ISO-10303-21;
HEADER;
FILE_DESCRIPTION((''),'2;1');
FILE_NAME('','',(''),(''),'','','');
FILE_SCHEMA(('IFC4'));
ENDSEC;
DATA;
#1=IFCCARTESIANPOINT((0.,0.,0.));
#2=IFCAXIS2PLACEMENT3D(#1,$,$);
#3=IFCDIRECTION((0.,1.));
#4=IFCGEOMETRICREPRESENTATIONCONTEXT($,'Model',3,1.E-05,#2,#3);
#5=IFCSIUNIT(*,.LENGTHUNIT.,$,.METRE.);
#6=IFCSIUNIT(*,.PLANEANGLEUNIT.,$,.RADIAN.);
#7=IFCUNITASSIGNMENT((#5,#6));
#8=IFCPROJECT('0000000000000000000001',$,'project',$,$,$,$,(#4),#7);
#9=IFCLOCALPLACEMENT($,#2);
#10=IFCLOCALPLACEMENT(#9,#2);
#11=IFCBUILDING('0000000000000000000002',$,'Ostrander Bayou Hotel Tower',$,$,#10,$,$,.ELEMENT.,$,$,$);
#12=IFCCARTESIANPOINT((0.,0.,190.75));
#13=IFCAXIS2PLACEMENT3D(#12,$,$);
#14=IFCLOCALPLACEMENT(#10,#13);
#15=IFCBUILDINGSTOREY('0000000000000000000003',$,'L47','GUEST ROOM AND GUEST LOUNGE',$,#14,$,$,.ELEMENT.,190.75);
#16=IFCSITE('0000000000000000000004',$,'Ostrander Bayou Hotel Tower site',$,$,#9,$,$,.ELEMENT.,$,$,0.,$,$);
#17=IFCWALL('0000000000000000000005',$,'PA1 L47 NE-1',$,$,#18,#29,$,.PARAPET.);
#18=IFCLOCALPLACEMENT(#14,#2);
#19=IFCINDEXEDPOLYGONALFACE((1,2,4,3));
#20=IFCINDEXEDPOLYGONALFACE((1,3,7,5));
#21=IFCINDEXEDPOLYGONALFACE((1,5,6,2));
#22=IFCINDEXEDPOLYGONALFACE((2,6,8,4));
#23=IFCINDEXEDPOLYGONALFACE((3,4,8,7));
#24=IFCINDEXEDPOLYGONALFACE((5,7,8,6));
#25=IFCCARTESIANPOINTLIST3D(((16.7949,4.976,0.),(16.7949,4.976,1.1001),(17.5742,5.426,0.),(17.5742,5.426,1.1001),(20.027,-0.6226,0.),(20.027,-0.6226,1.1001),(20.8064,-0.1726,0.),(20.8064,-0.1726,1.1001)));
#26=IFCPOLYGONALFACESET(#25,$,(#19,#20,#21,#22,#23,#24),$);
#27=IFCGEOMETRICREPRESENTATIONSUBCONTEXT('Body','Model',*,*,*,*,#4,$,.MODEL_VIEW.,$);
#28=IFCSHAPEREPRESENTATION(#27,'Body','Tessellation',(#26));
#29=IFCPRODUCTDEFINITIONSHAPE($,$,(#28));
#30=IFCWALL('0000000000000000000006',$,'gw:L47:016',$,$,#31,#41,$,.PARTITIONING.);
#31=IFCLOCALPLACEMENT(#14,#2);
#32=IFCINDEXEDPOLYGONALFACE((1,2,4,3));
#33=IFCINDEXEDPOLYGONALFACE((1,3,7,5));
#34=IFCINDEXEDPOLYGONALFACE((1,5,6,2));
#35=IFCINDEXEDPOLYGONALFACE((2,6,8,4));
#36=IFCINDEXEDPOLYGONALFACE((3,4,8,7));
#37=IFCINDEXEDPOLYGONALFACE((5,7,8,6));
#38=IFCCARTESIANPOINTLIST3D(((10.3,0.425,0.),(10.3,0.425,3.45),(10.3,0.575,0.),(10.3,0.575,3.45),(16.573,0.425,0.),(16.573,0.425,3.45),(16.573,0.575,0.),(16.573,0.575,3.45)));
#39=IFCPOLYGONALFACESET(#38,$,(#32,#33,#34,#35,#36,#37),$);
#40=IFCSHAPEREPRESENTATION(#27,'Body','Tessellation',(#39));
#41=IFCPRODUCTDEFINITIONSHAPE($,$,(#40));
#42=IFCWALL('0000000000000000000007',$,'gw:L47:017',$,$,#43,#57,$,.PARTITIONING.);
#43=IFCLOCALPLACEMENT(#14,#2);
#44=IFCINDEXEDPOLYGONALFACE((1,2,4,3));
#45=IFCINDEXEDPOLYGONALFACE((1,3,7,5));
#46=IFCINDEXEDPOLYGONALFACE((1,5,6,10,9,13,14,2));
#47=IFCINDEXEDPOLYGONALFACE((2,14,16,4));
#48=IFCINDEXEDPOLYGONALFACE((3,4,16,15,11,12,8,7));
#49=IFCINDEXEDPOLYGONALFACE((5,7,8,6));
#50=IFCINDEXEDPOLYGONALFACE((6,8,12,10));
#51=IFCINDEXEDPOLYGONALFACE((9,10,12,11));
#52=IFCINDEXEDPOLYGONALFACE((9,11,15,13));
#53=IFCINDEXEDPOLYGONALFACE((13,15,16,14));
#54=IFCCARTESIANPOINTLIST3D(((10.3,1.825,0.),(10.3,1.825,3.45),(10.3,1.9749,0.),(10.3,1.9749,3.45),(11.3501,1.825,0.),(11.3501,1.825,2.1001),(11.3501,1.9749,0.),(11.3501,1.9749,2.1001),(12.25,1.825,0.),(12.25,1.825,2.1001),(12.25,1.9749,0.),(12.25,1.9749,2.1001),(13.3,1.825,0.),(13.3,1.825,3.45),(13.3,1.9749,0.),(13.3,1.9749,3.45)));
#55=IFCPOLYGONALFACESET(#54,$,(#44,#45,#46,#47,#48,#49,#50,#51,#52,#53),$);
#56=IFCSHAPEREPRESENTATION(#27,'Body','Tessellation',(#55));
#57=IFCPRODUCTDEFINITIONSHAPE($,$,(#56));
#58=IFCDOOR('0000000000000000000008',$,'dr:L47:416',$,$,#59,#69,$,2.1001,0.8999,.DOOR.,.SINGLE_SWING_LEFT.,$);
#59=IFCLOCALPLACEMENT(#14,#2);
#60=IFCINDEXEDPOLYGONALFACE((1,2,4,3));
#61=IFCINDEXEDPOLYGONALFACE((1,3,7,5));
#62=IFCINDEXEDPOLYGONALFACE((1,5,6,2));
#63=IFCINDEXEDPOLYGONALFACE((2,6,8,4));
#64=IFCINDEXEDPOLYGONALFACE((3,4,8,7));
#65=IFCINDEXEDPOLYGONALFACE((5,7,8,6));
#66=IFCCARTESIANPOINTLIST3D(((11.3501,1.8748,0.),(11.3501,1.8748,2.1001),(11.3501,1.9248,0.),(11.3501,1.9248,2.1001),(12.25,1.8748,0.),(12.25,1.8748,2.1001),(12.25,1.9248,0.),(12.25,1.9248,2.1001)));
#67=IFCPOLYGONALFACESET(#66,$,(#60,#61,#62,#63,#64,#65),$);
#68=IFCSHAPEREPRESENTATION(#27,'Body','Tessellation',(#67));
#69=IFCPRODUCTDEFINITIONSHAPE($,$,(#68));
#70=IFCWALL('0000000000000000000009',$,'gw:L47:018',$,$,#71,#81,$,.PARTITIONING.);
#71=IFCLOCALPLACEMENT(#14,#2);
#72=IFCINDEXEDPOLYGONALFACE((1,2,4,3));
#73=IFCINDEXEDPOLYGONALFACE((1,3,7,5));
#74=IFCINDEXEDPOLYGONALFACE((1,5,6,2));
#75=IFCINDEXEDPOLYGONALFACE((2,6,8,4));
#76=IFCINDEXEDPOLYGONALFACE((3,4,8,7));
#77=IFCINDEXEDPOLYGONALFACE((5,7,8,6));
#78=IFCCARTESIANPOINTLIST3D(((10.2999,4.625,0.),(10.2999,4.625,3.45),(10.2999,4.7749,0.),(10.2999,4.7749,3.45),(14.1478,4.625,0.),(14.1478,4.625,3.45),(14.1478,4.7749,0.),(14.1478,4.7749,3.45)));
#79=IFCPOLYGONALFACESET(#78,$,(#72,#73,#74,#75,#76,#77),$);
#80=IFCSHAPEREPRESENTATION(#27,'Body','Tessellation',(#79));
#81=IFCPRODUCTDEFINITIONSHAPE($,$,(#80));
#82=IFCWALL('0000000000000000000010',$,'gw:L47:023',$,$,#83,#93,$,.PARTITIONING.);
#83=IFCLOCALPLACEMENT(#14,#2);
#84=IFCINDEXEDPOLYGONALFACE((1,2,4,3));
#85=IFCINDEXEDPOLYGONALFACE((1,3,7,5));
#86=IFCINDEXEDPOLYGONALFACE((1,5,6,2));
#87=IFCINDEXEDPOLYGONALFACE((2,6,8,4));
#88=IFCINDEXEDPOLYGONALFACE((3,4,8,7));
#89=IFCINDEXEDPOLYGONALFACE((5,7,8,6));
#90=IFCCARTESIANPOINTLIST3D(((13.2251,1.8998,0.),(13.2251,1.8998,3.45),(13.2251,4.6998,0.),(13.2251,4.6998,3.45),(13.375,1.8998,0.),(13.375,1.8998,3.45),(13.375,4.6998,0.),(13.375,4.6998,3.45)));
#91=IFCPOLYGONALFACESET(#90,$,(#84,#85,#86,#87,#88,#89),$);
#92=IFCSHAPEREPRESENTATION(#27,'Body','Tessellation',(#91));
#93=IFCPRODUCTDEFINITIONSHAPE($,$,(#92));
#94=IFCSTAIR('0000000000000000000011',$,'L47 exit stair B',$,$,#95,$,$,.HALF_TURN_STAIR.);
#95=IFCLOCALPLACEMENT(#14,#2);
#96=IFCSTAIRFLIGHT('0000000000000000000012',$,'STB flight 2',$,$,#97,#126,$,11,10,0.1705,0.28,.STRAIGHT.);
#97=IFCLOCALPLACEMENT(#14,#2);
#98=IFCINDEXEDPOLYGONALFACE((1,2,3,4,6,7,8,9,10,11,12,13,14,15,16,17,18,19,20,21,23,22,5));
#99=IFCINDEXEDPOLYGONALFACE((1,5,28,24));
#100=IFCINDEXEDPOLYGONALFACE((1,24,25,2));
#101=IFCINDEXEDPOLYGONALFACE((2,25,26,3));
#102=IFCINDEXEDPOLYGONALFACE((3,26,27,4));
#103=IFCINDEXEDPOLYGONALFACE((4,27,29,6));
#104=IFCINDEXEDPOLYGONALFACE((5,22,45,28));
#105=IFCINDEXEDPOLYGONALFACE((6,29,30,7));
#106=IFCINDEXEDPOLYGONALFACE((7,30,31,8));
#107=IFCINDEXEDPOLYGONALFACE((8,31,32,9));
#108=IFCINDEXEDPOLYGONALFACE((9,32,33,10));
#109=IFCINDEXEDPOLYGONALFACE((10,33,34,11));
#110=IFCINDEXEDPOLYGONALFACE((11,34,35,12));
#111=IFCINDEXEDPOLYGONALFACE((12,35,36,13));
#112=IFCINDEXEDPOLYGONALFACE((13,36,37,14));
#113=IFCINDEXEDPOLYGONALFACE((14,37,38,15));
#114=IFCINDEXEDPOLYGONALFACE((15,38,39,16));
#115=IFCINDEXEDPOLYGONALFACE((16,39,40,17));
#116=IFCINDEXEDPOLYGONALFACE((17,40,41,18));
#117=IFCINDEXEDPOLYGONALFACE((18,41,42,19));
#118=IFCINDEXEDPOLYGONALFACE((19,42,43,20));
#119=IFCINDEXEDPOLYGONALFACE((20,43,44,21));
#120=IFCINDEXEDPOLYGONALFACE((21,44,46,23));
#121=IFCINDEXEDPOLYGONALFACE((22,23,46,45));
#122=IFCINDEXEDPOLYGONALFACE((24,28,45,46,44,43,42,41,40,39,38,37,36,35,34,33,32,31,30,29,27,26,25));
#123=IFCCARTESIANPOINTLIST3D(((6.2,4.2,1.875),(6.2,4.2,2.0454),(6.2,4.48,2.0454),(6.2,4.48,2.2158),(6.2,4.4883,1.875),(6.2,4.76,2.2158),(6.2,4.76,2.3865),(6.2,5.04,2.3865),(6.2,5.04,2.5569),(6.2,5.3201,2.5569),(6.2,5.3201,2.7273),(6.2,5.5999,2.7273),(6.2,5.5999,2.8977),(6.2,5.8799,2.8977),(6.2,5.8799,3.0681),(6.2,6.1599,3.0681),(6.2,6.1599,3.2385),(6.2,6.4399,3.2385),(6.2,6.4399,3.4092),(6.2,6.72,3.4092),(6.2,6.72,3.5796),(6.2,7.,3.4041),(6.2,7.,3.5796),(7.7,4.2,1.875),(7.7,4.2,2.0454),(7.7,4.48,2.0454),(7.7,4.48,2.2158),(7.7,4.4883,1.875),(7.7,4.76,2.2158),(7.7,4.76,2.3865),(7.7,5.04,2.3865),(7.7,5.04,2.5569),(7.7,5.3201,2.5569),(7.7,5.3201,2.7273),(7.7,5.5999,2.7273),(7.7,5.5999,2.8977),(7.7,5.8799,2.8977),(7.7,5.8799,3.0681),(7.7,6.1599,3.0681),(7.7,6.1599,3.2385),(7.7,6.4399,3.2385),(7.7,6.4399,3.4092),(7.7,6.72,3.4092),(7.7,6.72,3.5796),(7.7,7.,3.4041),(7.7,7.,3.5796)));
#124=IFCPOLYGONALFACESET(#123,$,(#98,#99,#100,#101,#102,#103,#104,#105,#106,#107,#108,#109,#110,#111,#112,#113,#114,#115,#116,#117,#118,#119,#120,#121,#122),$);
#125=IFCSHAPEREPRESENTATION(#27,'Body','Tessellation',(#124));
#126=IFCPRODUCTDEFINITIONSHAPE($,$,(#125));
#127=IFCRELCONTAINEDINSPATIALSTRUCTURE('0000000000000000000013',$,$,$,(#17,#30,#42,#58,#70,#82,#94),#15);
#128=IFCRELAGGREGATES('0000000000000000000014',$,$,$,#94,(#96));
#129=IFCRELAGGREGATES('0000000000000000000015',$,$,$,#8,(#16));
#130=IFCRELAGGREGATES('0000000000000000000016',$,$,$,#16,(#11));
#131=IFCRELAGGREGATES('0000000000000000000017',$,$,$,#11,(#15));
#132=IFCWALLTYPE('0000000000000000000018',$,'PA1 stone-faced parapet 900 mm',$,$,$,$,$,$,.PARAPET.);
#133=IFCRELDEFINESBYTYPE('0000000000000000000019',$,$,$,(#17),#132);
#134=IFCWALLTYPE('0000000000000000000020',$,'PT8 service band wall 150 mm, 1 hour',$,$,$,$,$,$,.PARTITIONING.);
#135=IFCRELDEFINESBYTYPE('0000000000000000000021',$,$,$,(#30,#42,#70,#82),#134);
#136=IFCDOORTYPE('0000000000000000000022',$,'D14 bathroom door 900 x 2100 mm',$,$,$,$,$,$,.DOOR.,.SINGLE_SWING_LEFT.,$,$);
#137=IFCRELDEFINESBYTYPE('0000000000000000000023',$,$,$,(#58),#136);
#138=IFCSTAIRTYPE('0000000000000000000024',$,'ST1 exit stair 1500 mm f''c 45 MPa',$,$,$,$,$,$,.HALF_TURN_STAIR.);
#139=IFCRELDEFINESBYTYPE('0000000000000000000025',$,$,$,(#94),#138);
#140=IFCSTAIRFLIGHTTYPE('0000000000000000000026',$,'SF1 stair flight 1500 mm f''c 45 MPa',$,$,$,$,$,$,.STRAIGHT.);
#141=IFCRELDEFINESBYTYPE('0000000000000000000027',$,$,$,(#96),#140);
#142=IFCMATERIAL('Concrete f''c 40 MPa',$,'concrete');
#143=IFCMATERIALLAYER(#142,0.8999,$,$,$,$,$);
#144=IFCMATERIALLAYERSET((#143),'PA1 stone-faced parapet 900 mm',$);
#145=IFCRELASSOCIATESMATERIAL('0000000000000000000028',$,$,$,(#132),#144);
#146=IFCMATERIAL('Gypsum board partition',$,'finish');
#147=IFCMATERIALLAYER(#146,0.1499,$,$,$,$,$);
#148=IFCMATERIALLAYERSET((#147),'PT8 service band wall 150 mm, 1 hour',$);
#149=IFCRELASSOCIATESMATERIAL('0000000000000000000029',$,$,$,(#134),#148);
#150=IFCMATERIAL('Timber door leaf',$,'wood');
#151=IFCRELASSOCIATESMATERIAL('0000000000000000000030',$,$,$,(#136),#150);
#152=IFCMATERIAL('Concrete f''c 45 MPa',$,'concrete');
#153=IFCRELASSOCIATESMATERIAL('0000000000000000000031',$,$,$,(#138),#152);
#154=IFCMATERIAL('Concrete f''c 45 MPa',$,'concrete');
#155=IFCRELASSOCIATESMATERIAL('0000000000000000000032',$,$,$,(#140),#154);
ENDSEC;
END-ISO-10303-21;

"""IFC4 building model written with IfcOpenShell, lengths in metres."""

from ifc_helpers import new_model, si_unit, direction, frame, frame_2d, origin, place, context, subcontext, project, spatial, polyline, rectangle, outline, extrude, material, layer, layer_set, type_object, element, fill, aggregate, save


model = new_model("IFC4")

# Units and contexts
model_context = context("Model", 3, precision=1e-05, world=origin(), true_north=direction((0.0, 1.0)))
body_context = subcontext(model_context, "Body", "Model", "MODEL_VIEW")
ifc_project = project(units=[si_unit("LENGTHUNIT", "METRE"), si_unit("PLANEANGLEUNIT", "RADIAN")], contexts=[model_context])

# Site, building, storey
site_placement = place(None, origin())
site = spatial("IfcSite", under=ifc_project, at=site_placement, Name="Ostrander Bayou Hotel Tower site", CompositionType="ELEMENT", RefElevation=0.0)
building_placement = place(site_placement, origin())
building = spatial("IfcBuilding", under=site, at=building_placement, Name="Ostrander Bayou Hotel Tower", CompositionType="ELEMENT")
storey_placement = place(building_placement, frame((0.0, 0.0, 190.75)))
storey = spatial("IfcBuildingStorey", under=building, at=storey_placement, Name="L47", Description="GUEST ROOM AND GUEST LOUNGE", CompositionType="ELEMENT", Elevation=190.75)

# Walls
ifc_material_1 = material(Name="Concrete f'c 40 MPa", Category="concrete")
ifc_layer_1 = layer(ifc_material_1, 0.8999)
ifc_layer_set_1 = layer_set([ifc_layer_1], Name="PA1 stone-faced parapet 900 mm")
wall_type_1 = type_object("IfcWallType", Name="PA1 stone-faced parapet 900 mm", PredefinedType="PARAPET", material=ifc_layer_set_1)
wall_1_placement = place(storey_placement, frame((20.4167, -0.3977, 0.0), z_axis=(0.0, 0.0, 1.0), x_axis=(-0.499977, 0.866038, 0.0)))
element("IfcWall", 1, at=wall_1_placement, inside=storey, type_object=wall_type_1, Name="PA1 L47 NE-1", PredefinedType="PARAPET", context=body_context, shape_type="SweptSolid", body=[
    extrude(rectangle(XDim=6.4646, YDim=0.8999, at=frame_2d((3.2324, 0.0))), origin(), (0.0, 0.0, 1.0), 1.1001),
])
ifc_material_2 = material(Name="Gypsum board partition", Category="finish")
ifc_layer_2 = layer(ifc_material_2, 0.1499)
ifc_layer_set_2 = layer_set([ifc_layer_2], Name="PT8 service band wall 150 mm, 1 hour")
wall_type_2 = type_object("IfcWallType", Name="PT8 service band wall 150 mm, 1 hour", PredefinedType="PARTITIONING", material=ifc_layer_set_2)
wall_2_placement = place(storey_placement, frame((10.3, 0.5, 0.0), z_axis=(0.0, 0.0, 1.0), x_axis=(1.0, 0.0, 0.0)))
element("IfcWall", 2, at=wall_2_placement, inside=storey, type_object=wall_type_2, Name="gw:L47:016", PredefinedType="PARTITIONING", context=body_context, shape_type="SweptSolid", body=[
    extrude(rectangle(XDim=6.2729, YDim=0.1499, at=frame_2d((3.1365, 0.0))), origin(), (0.0, 0.0, 1.0), 3.45),
])

# Wall, opening, door
wall_3_placement = place(storey_placement, frame((10.3, 1.8999, 0.0), z_axis=(0.0, 0.0, 1.0), x_axis=(1.0, 0.0, 0.0)))
wall_3 = element("IfcWall", 3, at=wall_3_placement, inside=storey, type_object=wall_type_2, Name="gw:L47:017", PredefinedType="PARTITIONING", context=body_context, shape_type="SweptSolid", body=[
    extrude(rectangle(XDim=3.0, YDim=0.1499, at=frame_2d((1.5, 0.0))), origin(), (0.0, 0.0, 1.0), 3.45),
])
opening_1_placement = place(wall_3_placement, frame((1.05, 0.0, 0.0)))
opening_1 = element("IfcOpeningElement", 4, at=opening_1_placement, cuts=wall_3, PredefinedType="OPENING", context=body_context, shape_type="SweptSolid", body=[
    extrude(rectangle(XDim=0.8999, YDim=2.1001, at=frame_2d((0.45, 1.05))), frame((0.0, 0.075, 0.0), z_axis=(0.0, -1.0, 0.0), x_axis=(1.0, 0.0, 0.0)), (0.0, 0.0, 1.0), 0.1499),
])
ifc_material_3 = material(Name="Timber door leaf", Category="wood")
door_type_1 = type_object("IfcDoorType", Name="D14 bathroom door 900 x 2100 mm", OperationType="SINGLE_SWING_LEFT", PredefinedType="DOOR", material=ifc_material_3)
door_1_placement = place(opening_1_placement, origin())
door_1 = element("IfcDoor", 5, at=door_1_placement, inside=storey, type_object=door_type_1, Name="dr:L47:416", OperationType="SINGLE_SWING_LEFT", OverallHeight=2.1001, OverallWidth=0.8999, PredefinedType="DOOR", context=body_context, shape_type="SweptSolid", body=[
    extrude(rectangle(XDim=0.8999, YDim=2.1001, at=frame_2d((0.45, 1.05))), frame((0.0, 0.0249, 0.0), z_axis=(0.0, -1.0, 0.0), x_axis=(1.0, 0.0, 0.0)), (0.0, 0.0, 1.0), 0.05),
])
fill(opening_1, door_1)

# Walls
wall_4_placement = place(storey_placement, frame((10.3, 4.7, 0.0), z_axis=(0.0, 0.0, 1.0), x_axis=(1.0, 0.0, 0.0)))
element("IfcWall", 6, at=wall_4_placement, inside=storey, type_object=wall_type_2, Name="gw:L47:018", PredefinedType="PARTITIONING", context=body_context, shape_type="SweptSolid", body=[
    extrude(rectangle(XDim=3.8479, YDim=0.1499, at=frame_2d((1.9238, 0.0))), origin(), (0.0, 0.0, 1.0), 3.45),
])
wall_5_placement = place(storey_placement, frame((13.3, 1.8999, 0.0), z_axis=(0.0, 0.0, 1.0), x_axis=(0.0, 1.0, 0.0)))
element("IfcWall", 7, at=wall_5_placement, inside=storey, type_object=wall_type_2, Name="gw:L47:023", PredefinedType="PARTITIONING", context=body_context, shape_type="SweptSolid", body=[
    extrude(rectangle(XDim=2.8, YDim=0.1499, at=frame_2d((1.3999, 0.0))), origin(), (0.0, 0.0, 1.0), 3.45),
])

# Stair, stair flight
ifc_material_4 = material(Name="Concrete f'c 45 MPa", Category="concrete")
stair_type = type_object("IfcStairType", Name="ST1 exit stair 1500 mm f'c 45 MPa", PredefinedType="HALF_TURN_STAIR", material=ifc_material_4)
stair_placement = place(storey_placement, origin())
stair = element("IfcStair", 8, at=stair_placement, inside=storey, type_object=stair_type, Name="L47 exit stair B", PredefinedType="HALF_TURN_STAIR")
ifc_material_5 = material(Name="Concrete f'c 45 MPa", Category="concrete")
stair_flight_type = type_object("IfcStairFlightType", Name="SF1 stair flight 1500 mm f'c 45 MPa", PredefinedType="STRAIGHT", material=ifc_material_5)
stair_flight_placement = place(storey_placement, frame((6.95, 4.2, 1.875), z_axis=(0.0, 0.0, 1.0), x_axis=(0.0, 1.0, 0.0)))
stair_flight = element("IfcStairFlight", 9, at=stair_flight_placement, type_object=stair_flight_type, Name="STB flight 2", NumberOfRisers=11, NumberOfTreads=10, PredefinedType="STRAIGHT", RiserHeight=0.1705, TreadLength=0.28, context=body_context, shape_type="SweptSolid", body=[
    extrude(outline(polyline([(0.0, 0.0), (0.0, 0.1704), (0.28, 0.1704), (0.28, 0.3408), (0.5601, 0.3408), (0.5601, 0.5115), (0.8401, 0.5115), (0.8401, 0.6819), (1.1201, 0.6819), (1.1201, 0.8523), (1.3999, 0.8523), (1.3999, 1.0227), (1.6799, 1.0227), (1.6799, 1.1931), (1.96, 1.1931), (1.96, 1.3635), (2.24, 1.3635), (2.24, 1.5342), (2.52, 1.5342), (2.52, 1.7046), (2.8, 1.7046), (2.8, 1.875), (2.8, 1.5291), (0.2883, 0.0), (0.0, 0.0)])), frame((0.0, 0.75, 0.0), z_axis=(0.0, -1.0, 0.0), x_axis=(1.0, 0.0, 0.0)), (0.0, 0.0, 1.0), 1.5),
])
aggregate(stair, [stair_flight])

save(model, "model.ifc")
